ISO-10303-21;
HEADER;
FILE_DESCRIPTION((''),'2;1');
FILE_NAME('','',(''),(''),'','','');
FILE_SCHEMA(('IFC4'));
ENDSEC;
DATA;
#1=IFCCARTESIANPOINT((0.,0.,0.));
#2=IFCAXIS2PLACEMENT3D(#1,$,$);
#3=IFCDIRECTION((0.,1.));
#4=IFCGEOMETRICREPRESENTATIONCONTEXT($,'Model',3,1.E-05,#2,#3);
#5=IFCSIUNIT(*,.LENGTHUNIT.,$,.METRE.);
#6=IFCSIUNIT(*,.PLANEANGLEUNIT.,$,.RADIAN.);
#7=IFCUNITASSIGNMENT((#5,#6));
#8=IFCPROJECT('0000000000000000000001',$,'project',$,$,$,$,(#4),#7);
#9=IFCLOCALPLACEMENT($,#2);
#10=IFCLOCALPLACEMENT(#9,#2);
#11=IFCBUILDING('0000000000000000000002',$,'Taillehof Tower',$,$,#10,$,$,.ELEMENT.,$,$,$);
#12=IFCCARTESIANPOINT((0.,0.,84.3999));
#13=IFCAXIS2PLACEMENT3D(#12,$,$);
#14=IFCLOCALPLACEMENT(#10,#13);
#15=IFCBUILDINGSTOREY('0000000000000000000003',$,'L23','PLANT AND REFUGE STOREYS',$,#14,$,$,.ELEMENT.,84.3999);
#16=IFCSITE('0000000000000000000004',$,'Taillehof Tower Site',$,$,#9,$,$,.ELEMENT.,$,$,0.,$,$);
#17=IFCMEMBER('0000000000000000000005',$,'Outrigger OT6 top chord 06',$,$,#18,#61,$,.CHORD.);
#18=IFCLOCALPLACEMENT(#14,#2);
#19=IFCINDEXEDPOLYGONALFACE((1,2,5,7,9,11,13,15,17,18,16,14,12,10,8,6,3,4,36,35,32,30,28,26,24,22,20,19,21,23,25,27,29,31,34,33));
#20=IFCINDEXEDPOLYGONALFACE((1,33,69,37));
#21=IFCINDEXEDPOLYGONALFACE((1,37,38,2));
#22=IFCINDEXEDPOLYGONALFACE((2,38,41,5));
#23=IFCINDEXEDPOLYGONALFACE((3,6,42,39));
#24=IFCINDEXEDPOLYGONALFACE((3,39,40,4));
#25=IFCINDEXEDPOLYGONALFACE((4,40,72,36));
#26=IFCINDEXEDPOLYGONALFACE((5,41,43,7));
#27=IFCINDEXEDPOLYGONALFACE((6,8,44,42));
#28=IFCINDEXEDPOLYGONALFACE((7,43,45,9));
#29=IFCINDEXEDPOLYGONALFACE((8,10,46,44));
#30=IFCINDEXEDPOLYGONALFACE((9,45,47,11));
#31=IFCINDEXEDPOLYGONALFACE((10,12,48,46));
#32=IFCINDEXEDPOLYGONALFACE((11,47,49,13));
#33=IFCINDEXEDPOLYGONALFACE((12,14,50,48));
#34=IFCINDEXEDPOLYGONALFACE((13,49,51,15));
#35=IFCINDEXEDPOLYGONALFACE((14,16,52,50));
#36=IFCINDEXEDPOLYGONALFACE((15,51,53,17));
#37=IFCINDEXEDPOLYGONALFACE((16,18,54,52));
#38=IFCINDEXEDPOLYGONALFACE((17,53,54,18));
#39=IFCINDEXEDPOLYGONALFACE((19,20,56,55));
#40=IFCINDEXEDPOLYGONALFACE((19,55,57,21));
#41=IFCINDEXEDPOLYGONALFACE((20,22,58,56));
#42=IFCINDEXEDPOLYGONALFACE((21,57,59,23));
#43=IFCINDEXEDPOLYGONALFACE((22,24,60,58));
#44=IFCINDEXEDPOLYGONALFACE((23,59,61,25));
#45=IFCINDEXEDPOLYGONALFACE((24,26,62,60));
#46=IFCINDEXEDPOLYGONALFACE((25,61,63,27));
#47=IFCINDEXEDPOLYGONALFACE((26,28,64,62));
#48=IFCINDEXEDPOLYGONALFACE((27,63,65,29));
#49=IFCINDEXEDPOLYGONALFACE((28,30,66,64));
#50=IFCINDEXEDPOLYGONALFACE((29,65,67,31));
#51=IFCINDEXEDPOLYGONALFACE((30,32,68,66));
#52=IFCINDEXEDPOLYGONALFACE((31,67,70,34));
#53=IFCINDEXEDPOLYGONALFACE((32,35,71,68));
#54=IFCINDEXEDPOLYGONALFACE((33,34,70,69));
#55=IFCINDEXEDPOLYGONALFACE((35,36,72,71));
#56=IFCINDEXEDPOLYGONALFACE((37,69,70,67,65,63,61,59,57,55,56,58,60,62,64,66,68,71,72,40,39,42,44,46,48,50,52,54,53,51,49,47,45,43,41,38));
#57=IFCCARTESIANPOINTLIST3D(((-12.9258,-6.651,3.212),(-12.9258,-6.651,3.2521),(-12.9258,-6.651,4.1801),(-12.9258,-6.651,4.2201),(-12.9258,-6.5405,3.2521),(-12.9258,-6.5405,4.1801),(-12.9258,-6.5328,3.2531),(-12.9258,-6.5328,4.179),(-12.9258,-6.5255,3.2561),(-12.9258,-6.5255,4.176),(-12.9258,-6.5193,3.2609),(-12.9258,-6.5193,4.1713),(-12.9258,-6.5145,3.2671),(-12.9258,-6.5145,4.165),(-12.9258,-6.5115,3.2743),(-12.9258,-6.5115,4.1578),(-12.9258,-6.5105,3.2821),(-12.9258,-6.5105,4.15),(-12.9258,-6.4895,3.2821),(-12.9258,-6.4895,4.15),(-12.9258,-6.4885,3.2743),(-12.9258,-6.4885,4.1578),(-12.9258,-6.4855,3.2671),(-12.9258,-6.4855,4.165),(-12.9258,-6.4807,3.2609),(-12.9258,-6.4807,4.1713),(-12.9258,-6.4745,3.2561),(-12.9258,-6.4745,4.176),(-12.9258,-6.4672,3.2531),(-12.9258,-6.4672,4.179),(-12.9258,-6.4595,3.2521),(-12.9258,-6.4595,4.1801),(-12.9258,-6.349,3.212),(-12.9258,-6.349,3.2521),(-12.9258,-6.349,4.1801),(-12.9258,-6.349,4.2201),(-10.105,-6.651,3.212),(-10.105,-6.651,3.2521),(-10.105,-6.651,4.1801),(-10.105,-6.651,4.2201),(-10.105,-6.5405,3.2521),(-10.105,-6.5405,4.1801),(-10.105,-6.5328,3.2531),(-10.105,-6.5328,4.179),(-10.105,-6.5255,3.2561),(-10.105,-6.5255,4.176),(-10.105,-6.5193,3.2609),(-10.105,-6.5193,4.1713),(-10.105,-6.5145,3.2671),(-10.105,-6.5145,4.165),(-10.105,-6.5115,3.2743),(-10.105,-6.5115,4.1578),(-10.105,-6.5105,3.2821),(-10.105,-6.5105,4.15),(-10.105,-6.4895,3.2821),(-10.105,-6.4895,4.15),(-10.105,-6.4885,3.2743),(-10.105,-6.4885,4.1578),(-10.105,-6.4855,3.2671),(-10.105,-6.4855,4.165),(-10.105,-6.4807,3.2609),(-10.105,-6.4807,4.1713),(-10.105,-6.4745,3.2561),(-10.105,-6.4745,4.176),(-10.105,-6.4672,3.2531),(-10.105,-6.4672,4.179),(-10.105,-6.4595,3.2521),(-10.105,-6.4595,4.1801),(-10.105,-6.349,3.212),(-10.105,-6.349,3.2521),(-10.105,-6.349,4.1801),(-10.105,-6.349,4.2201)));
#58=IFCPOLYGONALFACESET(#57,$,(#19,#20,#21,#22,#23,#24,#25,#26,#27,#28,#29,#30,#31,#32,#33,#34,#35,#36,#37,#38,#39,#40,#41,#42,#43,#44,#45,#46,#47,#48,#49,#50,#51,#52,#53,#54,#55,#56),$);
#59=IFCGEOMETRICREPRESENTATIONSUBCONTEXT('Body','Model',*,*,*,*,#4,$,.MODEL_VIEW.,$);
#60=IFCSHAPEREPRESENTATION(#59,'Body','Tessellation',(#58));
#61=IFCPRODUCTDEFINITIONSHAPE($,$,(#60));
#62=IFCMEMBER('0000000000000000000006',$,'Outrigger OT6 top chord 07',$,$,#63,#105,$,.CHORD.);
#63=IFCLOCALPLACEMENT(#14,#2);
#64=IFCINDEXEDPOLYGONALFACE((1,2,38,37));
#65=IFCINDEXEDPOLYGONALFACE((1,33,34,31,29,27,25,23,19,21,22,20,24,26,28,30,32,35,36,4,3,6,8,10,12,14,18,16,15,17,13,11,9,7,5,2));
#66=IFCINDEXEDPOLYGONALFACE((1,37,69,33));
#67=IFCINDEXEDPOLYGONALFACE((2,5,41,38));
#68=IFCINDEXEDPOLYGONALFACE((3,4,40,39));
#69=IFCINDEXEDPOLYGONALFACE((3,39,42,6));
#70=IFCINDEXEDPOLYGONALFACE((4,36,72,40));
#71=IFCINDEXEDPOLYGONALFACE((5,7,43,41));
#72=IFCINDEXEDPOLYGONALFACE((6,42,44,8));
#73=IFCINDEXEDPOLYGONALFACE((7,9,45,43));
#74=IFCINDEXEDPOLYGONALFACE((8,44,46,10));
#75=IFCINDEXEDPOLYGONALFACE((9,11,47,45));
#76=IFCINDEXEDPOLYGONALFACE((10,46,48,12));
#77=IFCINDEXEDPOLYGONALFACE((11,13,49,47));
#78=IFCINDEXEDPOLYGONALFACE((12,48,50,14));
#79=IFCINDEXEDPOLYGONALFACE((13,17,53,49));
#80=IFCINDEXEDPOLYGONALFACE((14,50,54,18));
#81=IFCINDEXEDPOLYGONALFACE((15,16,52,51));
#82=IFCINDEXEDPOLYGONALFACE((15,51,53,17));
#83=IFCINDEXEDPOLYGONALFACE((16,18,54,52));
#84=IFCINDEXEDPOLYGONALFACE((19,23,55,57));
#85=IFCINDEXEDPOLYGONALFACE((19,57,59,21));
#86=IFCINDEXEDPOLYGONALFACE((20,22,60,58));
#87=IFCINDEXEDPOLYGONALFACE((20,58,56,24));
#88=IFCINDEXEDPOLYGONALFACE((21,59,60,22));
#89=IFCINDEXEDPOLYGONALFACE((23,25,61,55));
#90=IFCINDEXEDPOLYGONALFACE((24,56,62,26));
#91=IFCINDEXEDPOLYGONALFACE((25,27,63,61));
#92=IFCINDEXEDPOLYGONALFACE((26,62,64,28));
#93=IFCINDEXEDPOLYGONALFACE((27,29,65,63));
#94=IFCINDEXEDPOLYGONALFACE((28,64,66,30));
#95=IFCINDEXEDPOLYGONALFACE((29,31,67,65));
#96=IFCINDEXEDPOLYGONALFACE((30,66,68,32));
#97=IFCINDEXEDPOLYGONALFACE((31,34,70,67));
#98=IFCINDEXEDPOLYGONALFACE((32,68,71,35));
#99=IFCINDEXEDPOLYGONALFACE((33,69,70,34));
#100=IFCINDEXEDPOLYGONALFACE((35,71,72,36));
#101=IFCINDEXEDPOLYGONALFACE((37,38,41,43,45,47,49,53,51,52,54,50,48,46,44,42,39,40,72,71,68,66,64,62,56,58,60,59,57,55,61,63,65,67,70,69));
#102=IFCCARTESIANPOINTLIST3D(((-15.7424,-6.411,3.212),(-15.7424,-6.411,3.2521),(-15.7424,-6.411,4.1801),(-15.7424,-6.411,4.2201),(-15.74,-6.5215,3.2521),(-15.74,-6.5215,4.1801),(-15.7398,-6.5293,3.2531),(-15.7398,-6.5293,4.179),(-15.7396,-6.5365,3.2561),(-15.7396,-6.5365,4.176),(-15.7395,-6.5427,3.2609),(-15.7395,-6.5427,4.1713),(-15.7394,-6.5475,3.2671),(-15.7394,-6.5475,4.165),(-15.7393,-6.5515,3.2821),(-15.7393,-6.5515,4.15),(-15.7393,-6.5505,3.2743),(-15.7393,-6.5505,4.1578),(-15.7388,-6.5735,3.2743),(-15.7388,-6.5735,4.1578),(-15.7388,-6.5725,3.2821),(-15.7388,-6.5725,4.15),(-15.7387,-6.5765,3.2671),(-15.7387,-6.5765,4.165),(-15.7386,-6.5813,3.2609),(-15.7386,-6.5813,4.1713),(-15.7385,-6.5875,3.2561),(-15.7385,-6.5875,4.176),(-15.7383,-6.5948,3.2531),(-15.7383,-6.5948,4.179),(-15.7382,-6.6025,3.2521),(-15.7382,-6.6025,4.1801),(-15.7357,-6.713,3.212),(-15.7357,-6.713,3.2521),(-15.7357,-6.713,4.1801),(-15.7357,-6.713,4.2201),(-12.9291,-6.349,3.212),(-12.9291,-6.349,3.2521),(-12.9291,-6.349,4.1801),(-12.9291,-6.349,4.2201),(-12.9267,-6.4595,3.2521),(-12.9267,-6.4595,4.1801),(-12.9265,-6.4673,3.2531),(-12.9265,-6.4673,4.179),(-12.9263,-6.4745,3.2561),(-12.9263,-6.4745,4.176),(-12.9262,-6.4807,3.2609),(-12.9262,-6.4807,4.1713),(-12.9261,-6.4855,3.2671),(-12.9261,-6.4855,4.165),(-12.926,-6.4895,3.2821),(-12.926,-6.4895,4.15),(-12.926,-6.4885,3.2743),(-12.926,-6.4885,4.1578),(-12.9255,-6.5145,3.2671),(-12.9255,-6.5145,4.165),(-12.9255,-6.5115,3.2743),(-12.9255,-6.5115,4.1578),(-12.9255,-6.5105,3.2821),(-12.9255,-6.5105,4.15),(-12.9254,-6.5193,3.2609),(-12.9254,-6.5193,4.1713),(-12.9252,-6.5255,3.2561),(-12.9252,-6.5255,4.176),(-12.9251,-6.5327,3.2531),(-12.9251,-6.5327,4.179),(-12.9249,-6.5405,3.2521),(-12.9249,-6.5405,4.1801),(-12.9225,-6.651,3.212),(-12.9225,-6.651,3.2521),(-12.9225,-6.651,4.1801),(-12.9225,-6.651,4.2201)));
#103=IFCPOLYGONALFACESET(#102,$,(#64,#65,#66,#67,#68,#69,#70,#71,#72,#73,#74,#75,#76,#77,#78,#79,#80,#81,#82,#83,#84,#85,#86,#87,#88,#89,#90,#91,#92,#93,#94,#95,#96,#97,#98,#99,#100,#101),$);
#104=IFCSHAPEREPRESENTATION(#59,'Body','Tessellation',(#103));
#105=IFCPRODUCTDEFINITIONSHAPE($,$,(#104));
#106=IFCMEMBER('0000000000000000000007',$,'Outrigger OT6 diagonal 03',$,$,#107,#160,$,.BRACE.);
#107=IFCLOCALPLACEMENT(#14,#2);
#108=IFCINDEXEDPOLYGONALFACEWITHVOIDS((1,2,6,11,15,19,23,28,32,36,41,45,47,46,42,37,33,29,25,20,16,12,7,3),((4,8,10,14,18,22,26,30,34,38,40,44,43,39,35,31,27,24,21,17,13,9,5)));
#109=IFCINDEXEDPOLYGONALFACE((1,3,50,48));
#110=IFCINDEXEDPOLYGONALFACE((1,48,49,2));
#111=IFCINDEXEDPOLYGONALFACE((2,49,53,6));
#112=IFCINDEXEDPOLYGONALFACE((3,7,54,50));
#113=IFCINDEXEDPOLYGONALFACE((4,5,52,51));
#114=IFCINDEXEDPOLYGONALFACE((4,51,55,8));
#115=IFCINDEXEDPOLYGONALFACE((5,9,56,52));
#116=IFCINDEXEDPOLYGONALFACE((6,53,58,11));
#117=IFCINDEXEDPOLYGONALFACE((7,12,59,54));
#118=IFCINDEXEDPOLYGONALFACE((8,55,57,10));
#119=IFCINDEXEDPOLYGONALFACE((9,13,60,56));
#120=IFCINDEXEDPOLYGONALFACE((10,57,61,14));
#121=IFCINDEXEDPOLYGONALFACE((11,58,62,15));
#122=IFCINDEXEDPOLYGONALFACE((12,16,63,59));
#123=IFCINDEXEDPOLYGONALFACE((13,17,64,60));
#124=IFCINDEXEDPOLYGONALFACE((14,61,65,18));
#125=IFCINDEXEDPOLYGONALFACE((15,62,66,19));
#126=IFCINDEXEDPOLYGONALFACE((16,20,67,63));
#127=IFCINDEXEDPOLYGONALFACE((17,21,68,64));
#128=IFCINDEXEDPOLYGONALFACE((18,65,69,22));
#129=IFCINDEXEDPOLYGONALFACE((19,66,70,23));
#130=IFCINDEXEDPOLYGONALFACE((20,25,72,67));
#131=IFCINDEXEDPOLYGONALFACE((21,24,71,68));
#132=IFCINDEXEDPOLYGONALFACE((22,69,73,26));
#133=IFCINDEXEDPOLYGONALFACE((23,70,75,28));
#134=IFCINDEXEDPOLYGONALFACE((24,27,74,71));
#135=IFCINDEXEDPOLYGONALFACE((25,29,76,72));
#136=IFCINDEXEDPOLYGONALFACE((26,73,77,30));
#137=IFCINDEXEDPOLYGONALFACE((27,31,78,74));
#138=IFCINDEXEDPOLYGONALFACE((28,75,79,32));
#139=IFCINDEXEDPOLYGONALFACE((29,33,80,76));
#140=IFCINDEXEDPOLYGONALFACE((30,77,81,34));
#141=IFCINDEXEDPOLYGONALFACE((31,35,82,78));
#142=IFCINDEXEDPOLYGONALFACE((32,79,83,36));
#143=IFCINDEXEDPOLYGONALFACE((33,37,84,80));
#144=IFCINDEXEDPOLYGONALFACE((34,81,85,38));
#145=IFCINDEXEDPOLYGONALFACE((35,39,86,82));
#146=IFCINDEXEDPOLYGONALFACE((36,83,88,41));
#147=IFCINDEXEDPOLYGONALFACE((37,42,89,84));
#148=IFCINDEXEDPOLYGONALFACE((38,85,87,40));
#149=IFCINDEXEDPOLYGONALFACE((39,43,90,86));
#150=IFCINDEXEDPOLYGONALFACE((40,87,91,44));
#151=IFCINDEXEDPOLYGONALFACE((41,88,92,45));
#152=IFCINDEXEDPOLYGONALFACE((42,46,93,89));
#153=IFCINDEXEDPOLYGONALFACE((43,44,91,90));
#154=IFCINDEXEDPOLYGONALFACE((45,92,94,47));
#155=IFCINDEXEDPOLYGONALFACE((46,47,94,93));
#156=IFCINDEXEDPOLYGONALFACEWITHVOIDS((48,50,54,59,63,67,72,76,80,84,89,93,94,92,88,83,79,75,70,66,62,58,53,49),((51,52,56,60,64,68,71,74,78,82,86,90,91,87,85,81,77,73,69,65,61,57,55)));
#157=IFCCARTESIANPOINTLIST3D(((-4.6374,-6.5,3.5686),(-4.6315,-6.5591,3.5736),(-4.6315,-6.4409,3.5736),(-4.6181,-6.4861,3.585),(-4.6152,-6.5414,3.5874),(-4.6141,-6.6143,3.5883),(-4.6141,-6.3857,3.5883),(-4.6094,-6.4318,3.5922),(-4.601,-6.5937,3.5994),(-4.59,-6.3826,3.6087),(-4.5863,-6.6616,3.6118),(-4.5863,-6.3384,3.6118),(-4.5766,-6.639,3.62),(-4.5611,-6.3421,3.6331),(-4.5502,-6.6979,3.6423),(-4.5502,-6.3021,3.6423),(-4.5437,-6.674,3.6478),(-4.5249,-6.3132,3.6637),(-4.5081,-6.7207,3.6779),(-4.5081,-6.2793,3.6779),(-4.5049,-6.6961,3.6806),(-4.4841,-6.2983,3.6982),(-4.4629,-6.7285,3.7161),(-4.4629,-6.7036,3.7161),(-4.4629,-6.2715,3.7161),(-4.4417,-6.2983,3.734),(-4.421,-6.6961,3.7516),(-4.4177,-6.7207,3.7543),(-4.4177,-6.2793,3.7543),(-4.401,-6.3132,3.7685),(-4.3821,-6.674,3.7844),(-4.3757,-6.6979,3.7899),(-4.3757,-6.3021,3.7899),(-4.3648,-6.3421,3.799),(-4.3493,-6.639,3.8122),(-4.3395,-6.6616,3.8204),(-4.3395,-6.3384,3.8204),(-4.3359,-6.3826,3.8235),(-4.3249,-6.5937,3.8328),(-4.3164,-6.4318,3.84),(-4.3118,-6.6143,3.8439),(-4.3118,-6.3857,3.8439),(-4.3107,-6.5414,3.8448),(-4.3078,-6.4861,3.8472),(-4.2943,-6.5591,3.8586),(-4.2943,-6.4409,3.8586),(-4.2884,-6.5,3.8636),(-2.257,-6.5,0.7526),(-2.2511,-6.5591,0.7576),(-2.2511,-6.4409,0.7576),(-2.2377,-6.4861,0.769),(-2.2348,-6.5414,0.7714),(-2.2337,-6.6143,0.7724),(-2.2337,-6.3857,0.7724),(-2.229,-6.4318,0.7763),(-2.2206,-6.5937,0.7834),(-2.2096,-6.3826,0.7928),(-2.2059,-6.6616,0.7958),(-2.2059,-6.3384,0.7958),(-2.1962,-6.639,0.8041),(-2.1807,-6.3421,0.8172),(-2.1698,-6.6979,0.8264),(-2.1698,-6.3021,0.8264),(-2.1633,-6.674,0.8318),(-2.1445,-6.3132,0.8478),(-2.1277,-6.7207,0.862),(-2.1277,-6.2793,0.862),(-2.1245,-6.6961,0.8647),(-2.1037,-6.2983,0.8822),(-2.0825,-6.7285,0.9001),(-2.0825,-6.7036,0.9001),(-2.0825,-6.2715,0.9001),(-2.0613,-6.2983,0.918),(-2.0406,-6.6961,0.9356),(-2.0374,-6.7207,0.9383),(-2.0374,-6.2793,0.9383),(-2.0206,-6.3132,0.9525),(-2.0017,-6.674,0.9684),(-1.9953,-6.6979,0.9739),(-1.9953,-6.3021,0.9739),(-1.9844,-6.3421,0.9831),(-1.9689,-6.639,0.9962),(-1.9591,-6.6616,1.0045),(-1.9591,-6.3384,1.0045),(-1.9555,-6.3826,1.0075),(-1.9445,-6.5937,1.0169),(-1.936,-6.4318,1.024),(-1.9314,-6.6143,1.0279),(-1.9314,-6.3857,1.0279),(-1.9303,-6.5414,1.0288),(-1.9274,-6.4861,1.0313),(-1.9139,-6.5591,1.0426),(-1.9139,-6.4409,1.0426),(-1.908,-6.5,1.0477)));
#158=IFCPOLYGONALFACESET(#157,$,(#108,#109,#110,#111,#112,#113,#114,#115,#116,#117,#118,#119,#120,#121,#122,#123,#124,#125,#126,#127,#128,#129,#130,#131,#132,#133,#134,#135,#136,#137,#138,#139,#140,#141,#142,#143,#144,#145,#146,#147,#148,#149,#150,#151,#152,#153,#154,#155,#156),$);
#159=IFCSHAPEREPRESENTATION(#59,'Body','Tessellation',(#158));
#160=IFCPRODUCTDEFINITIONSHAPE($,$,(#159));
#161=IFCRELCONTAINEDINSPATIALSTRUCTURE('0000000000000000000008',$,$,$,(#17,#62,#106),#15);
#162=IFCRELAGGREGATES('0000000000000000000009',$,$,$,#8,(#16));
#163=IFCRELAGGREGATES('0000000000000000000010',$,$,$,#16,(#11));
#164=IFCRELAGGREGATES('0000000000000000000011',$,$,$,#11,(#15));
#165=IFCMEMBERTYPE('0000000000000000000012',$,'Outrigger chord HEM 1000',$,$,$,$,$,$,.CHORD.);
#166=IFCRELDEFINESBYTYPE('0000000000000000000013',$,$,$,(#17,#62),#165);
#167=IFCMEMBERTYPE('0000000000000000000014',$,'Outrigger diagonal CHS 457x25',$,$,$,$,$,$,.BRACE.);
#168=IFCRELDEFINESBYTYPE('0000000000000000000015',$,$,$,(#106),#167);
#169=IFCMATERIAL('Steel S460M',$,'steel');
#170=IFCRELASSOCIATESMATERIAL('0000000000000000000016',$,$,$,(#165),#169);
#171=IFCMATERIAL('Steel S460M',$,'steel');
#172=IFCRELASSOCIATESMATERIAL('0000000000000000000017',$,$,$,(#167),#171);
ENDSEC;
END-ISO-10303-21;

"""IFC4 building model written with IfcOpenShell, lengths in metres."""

from ifc_helpers import new_model, si_unit, direction, frame, origin, origin_2d, place, context, subcontext, project, spatial, hollow_circle, i_section, extrude, material, material_profile, profile_set, type_object, element, save


model = new_model("IFC4")

# Units and contexts
model_context = context("Model", 3, precision=1e-05, world=origin(), true_north=direction((0.0, 1.0)))
body_context = subcontext(model_context, "Body", "Model", "MODEL_VIEW")
ifc_project = project(units=[si_unit("LENGTHUNIT", "METRE"), si_unit("PLANEANGLEUNIT", "RADIAN")], contexts=[model_context])

# Site, building, storey
site_placement = place(None, origin())
site = spatial("IfcSite", under=ifc_project, at=site_placement, Name="Taillehof Tower Site", CompositionType="ELEMENT", RefElevation=0.0)
building_placement = place(site_placement, origin())
building = spatial("IfcBuilding", under=site, at=building_placement, Name="Taillehof Tower", CompositionType="ELEMENT")
storey_placement = place(building_placement, frame((0.0, 0.0, 84.3999)))
storey = spatial("IfcBuildingStorey", under=building, at=storey_placement, Name="L23", Description="PLANT AND REFUGE STOREYS", CompositionType="ELEMENT", Elevation=84.3999)

# Members
ifc_material_1 = material(Name="Steel S460M", Category="steel")
ifc_material_profile_1 = material_profile(ifc_material_1, i_section(OverallWidth=0.302, OverallDepth=1.0081, WebThickness=0.021, FlangeThickness=0.04, FilletRadius=0.03, at=origin_2d()), Name="HEM 1000")
ifc_profile_set_1 = profile_set([ifc_material_profile_1], Name="Steel S460M")
member_type_1 = type_object("IfcMemberType", Name="Outrigger chord HEM 1000", PredefinedType="CHORD", material=ifc_profile_set_1)
member_1_placement = place(storey_placement, frame((-10.105, -6.5, 3.7161), z_axis=(-1.0, 0.0, 0.0), x_axis=(0.0, -1.0, 0.0)))
element("IfcMember", 1, at=member_1_placement, inside=storey, type_object=member_type_1, Name="Outrigger OT6 top chord 06", PredefinedType="CHORD", context=body_context, shape_type="SweptSolid", body=[
    extrude(i_section(OverallWidth=0.302, OverallDepth=1.0081, WebThickness=0.021, FlangeThickness=0.04, FilletRadius=0.03, at=origin_2d()), origin(), (0.0, 0.0, 1.0), 2.8208),
])
member_2_placement = place(storey_placement, frame((-12.9258, -6.5, 3.7161), z_axis=(-0.999757, -0.022038, 0.0), x_axis=(0.022038, -0.999757, 0.0)))
element("IfcMember", 2, at=member_2_placement, inside=storey, type_object=member_type_1, Name="Outrigger OT6 top chord 07", PredefinedType="CHORD", context=body_context, shape_type="SweptSolid", body=[
    extrude(i_section(OverallWidth=0.302, OverallDepth=1.0081, WebThickness=0.021, FlangeThickness=0.04, FilletRadius=0.03, at=origin_2d()), origin(), (0.0, 0.0, 1.0), 2.814),
])
ifc_material_2 = material(Name="Steel S460M", Category="steel")
ifc_material_profile_2 = material_profile(ifc_material_2, hollow_circle(Radius=0.2285, WallThickness=0.0249, at=origin_2d()), Name="CHS 457x25")
ifc_profile_set_2 = profile_set([ifc_material_profile_2], Name="Steel S460M")
member_type_2 = type_object("IfcMemberType", Name="Outrigger diagonal CHS 457x25", PredefinedType="BRACE", material=ifc_profile_set_2)
member_3_placement = place(storey_placement, frame((-2.0825, -6.5, 0.9001), z_axis=(-0.645574, 0.0, 0.763698), x_axis=(0.0, -1.0, 0.0)))
element("IfcMember", 3, at=member_3_placement, inside=storey, type_object=member_type_2, Name="Outrigger OT6 diagonal 03", PredefinedType="BRACE", context=body_context, shape_type="SweptSolid", body=[
    extrude(hollow_circle(Radius=0.2285, WallThickness=0.0249, at=origin_2d()), origin(), (0.0, 0.0, 1.0), 3.6873),
])

save(model, "model.ifc")
